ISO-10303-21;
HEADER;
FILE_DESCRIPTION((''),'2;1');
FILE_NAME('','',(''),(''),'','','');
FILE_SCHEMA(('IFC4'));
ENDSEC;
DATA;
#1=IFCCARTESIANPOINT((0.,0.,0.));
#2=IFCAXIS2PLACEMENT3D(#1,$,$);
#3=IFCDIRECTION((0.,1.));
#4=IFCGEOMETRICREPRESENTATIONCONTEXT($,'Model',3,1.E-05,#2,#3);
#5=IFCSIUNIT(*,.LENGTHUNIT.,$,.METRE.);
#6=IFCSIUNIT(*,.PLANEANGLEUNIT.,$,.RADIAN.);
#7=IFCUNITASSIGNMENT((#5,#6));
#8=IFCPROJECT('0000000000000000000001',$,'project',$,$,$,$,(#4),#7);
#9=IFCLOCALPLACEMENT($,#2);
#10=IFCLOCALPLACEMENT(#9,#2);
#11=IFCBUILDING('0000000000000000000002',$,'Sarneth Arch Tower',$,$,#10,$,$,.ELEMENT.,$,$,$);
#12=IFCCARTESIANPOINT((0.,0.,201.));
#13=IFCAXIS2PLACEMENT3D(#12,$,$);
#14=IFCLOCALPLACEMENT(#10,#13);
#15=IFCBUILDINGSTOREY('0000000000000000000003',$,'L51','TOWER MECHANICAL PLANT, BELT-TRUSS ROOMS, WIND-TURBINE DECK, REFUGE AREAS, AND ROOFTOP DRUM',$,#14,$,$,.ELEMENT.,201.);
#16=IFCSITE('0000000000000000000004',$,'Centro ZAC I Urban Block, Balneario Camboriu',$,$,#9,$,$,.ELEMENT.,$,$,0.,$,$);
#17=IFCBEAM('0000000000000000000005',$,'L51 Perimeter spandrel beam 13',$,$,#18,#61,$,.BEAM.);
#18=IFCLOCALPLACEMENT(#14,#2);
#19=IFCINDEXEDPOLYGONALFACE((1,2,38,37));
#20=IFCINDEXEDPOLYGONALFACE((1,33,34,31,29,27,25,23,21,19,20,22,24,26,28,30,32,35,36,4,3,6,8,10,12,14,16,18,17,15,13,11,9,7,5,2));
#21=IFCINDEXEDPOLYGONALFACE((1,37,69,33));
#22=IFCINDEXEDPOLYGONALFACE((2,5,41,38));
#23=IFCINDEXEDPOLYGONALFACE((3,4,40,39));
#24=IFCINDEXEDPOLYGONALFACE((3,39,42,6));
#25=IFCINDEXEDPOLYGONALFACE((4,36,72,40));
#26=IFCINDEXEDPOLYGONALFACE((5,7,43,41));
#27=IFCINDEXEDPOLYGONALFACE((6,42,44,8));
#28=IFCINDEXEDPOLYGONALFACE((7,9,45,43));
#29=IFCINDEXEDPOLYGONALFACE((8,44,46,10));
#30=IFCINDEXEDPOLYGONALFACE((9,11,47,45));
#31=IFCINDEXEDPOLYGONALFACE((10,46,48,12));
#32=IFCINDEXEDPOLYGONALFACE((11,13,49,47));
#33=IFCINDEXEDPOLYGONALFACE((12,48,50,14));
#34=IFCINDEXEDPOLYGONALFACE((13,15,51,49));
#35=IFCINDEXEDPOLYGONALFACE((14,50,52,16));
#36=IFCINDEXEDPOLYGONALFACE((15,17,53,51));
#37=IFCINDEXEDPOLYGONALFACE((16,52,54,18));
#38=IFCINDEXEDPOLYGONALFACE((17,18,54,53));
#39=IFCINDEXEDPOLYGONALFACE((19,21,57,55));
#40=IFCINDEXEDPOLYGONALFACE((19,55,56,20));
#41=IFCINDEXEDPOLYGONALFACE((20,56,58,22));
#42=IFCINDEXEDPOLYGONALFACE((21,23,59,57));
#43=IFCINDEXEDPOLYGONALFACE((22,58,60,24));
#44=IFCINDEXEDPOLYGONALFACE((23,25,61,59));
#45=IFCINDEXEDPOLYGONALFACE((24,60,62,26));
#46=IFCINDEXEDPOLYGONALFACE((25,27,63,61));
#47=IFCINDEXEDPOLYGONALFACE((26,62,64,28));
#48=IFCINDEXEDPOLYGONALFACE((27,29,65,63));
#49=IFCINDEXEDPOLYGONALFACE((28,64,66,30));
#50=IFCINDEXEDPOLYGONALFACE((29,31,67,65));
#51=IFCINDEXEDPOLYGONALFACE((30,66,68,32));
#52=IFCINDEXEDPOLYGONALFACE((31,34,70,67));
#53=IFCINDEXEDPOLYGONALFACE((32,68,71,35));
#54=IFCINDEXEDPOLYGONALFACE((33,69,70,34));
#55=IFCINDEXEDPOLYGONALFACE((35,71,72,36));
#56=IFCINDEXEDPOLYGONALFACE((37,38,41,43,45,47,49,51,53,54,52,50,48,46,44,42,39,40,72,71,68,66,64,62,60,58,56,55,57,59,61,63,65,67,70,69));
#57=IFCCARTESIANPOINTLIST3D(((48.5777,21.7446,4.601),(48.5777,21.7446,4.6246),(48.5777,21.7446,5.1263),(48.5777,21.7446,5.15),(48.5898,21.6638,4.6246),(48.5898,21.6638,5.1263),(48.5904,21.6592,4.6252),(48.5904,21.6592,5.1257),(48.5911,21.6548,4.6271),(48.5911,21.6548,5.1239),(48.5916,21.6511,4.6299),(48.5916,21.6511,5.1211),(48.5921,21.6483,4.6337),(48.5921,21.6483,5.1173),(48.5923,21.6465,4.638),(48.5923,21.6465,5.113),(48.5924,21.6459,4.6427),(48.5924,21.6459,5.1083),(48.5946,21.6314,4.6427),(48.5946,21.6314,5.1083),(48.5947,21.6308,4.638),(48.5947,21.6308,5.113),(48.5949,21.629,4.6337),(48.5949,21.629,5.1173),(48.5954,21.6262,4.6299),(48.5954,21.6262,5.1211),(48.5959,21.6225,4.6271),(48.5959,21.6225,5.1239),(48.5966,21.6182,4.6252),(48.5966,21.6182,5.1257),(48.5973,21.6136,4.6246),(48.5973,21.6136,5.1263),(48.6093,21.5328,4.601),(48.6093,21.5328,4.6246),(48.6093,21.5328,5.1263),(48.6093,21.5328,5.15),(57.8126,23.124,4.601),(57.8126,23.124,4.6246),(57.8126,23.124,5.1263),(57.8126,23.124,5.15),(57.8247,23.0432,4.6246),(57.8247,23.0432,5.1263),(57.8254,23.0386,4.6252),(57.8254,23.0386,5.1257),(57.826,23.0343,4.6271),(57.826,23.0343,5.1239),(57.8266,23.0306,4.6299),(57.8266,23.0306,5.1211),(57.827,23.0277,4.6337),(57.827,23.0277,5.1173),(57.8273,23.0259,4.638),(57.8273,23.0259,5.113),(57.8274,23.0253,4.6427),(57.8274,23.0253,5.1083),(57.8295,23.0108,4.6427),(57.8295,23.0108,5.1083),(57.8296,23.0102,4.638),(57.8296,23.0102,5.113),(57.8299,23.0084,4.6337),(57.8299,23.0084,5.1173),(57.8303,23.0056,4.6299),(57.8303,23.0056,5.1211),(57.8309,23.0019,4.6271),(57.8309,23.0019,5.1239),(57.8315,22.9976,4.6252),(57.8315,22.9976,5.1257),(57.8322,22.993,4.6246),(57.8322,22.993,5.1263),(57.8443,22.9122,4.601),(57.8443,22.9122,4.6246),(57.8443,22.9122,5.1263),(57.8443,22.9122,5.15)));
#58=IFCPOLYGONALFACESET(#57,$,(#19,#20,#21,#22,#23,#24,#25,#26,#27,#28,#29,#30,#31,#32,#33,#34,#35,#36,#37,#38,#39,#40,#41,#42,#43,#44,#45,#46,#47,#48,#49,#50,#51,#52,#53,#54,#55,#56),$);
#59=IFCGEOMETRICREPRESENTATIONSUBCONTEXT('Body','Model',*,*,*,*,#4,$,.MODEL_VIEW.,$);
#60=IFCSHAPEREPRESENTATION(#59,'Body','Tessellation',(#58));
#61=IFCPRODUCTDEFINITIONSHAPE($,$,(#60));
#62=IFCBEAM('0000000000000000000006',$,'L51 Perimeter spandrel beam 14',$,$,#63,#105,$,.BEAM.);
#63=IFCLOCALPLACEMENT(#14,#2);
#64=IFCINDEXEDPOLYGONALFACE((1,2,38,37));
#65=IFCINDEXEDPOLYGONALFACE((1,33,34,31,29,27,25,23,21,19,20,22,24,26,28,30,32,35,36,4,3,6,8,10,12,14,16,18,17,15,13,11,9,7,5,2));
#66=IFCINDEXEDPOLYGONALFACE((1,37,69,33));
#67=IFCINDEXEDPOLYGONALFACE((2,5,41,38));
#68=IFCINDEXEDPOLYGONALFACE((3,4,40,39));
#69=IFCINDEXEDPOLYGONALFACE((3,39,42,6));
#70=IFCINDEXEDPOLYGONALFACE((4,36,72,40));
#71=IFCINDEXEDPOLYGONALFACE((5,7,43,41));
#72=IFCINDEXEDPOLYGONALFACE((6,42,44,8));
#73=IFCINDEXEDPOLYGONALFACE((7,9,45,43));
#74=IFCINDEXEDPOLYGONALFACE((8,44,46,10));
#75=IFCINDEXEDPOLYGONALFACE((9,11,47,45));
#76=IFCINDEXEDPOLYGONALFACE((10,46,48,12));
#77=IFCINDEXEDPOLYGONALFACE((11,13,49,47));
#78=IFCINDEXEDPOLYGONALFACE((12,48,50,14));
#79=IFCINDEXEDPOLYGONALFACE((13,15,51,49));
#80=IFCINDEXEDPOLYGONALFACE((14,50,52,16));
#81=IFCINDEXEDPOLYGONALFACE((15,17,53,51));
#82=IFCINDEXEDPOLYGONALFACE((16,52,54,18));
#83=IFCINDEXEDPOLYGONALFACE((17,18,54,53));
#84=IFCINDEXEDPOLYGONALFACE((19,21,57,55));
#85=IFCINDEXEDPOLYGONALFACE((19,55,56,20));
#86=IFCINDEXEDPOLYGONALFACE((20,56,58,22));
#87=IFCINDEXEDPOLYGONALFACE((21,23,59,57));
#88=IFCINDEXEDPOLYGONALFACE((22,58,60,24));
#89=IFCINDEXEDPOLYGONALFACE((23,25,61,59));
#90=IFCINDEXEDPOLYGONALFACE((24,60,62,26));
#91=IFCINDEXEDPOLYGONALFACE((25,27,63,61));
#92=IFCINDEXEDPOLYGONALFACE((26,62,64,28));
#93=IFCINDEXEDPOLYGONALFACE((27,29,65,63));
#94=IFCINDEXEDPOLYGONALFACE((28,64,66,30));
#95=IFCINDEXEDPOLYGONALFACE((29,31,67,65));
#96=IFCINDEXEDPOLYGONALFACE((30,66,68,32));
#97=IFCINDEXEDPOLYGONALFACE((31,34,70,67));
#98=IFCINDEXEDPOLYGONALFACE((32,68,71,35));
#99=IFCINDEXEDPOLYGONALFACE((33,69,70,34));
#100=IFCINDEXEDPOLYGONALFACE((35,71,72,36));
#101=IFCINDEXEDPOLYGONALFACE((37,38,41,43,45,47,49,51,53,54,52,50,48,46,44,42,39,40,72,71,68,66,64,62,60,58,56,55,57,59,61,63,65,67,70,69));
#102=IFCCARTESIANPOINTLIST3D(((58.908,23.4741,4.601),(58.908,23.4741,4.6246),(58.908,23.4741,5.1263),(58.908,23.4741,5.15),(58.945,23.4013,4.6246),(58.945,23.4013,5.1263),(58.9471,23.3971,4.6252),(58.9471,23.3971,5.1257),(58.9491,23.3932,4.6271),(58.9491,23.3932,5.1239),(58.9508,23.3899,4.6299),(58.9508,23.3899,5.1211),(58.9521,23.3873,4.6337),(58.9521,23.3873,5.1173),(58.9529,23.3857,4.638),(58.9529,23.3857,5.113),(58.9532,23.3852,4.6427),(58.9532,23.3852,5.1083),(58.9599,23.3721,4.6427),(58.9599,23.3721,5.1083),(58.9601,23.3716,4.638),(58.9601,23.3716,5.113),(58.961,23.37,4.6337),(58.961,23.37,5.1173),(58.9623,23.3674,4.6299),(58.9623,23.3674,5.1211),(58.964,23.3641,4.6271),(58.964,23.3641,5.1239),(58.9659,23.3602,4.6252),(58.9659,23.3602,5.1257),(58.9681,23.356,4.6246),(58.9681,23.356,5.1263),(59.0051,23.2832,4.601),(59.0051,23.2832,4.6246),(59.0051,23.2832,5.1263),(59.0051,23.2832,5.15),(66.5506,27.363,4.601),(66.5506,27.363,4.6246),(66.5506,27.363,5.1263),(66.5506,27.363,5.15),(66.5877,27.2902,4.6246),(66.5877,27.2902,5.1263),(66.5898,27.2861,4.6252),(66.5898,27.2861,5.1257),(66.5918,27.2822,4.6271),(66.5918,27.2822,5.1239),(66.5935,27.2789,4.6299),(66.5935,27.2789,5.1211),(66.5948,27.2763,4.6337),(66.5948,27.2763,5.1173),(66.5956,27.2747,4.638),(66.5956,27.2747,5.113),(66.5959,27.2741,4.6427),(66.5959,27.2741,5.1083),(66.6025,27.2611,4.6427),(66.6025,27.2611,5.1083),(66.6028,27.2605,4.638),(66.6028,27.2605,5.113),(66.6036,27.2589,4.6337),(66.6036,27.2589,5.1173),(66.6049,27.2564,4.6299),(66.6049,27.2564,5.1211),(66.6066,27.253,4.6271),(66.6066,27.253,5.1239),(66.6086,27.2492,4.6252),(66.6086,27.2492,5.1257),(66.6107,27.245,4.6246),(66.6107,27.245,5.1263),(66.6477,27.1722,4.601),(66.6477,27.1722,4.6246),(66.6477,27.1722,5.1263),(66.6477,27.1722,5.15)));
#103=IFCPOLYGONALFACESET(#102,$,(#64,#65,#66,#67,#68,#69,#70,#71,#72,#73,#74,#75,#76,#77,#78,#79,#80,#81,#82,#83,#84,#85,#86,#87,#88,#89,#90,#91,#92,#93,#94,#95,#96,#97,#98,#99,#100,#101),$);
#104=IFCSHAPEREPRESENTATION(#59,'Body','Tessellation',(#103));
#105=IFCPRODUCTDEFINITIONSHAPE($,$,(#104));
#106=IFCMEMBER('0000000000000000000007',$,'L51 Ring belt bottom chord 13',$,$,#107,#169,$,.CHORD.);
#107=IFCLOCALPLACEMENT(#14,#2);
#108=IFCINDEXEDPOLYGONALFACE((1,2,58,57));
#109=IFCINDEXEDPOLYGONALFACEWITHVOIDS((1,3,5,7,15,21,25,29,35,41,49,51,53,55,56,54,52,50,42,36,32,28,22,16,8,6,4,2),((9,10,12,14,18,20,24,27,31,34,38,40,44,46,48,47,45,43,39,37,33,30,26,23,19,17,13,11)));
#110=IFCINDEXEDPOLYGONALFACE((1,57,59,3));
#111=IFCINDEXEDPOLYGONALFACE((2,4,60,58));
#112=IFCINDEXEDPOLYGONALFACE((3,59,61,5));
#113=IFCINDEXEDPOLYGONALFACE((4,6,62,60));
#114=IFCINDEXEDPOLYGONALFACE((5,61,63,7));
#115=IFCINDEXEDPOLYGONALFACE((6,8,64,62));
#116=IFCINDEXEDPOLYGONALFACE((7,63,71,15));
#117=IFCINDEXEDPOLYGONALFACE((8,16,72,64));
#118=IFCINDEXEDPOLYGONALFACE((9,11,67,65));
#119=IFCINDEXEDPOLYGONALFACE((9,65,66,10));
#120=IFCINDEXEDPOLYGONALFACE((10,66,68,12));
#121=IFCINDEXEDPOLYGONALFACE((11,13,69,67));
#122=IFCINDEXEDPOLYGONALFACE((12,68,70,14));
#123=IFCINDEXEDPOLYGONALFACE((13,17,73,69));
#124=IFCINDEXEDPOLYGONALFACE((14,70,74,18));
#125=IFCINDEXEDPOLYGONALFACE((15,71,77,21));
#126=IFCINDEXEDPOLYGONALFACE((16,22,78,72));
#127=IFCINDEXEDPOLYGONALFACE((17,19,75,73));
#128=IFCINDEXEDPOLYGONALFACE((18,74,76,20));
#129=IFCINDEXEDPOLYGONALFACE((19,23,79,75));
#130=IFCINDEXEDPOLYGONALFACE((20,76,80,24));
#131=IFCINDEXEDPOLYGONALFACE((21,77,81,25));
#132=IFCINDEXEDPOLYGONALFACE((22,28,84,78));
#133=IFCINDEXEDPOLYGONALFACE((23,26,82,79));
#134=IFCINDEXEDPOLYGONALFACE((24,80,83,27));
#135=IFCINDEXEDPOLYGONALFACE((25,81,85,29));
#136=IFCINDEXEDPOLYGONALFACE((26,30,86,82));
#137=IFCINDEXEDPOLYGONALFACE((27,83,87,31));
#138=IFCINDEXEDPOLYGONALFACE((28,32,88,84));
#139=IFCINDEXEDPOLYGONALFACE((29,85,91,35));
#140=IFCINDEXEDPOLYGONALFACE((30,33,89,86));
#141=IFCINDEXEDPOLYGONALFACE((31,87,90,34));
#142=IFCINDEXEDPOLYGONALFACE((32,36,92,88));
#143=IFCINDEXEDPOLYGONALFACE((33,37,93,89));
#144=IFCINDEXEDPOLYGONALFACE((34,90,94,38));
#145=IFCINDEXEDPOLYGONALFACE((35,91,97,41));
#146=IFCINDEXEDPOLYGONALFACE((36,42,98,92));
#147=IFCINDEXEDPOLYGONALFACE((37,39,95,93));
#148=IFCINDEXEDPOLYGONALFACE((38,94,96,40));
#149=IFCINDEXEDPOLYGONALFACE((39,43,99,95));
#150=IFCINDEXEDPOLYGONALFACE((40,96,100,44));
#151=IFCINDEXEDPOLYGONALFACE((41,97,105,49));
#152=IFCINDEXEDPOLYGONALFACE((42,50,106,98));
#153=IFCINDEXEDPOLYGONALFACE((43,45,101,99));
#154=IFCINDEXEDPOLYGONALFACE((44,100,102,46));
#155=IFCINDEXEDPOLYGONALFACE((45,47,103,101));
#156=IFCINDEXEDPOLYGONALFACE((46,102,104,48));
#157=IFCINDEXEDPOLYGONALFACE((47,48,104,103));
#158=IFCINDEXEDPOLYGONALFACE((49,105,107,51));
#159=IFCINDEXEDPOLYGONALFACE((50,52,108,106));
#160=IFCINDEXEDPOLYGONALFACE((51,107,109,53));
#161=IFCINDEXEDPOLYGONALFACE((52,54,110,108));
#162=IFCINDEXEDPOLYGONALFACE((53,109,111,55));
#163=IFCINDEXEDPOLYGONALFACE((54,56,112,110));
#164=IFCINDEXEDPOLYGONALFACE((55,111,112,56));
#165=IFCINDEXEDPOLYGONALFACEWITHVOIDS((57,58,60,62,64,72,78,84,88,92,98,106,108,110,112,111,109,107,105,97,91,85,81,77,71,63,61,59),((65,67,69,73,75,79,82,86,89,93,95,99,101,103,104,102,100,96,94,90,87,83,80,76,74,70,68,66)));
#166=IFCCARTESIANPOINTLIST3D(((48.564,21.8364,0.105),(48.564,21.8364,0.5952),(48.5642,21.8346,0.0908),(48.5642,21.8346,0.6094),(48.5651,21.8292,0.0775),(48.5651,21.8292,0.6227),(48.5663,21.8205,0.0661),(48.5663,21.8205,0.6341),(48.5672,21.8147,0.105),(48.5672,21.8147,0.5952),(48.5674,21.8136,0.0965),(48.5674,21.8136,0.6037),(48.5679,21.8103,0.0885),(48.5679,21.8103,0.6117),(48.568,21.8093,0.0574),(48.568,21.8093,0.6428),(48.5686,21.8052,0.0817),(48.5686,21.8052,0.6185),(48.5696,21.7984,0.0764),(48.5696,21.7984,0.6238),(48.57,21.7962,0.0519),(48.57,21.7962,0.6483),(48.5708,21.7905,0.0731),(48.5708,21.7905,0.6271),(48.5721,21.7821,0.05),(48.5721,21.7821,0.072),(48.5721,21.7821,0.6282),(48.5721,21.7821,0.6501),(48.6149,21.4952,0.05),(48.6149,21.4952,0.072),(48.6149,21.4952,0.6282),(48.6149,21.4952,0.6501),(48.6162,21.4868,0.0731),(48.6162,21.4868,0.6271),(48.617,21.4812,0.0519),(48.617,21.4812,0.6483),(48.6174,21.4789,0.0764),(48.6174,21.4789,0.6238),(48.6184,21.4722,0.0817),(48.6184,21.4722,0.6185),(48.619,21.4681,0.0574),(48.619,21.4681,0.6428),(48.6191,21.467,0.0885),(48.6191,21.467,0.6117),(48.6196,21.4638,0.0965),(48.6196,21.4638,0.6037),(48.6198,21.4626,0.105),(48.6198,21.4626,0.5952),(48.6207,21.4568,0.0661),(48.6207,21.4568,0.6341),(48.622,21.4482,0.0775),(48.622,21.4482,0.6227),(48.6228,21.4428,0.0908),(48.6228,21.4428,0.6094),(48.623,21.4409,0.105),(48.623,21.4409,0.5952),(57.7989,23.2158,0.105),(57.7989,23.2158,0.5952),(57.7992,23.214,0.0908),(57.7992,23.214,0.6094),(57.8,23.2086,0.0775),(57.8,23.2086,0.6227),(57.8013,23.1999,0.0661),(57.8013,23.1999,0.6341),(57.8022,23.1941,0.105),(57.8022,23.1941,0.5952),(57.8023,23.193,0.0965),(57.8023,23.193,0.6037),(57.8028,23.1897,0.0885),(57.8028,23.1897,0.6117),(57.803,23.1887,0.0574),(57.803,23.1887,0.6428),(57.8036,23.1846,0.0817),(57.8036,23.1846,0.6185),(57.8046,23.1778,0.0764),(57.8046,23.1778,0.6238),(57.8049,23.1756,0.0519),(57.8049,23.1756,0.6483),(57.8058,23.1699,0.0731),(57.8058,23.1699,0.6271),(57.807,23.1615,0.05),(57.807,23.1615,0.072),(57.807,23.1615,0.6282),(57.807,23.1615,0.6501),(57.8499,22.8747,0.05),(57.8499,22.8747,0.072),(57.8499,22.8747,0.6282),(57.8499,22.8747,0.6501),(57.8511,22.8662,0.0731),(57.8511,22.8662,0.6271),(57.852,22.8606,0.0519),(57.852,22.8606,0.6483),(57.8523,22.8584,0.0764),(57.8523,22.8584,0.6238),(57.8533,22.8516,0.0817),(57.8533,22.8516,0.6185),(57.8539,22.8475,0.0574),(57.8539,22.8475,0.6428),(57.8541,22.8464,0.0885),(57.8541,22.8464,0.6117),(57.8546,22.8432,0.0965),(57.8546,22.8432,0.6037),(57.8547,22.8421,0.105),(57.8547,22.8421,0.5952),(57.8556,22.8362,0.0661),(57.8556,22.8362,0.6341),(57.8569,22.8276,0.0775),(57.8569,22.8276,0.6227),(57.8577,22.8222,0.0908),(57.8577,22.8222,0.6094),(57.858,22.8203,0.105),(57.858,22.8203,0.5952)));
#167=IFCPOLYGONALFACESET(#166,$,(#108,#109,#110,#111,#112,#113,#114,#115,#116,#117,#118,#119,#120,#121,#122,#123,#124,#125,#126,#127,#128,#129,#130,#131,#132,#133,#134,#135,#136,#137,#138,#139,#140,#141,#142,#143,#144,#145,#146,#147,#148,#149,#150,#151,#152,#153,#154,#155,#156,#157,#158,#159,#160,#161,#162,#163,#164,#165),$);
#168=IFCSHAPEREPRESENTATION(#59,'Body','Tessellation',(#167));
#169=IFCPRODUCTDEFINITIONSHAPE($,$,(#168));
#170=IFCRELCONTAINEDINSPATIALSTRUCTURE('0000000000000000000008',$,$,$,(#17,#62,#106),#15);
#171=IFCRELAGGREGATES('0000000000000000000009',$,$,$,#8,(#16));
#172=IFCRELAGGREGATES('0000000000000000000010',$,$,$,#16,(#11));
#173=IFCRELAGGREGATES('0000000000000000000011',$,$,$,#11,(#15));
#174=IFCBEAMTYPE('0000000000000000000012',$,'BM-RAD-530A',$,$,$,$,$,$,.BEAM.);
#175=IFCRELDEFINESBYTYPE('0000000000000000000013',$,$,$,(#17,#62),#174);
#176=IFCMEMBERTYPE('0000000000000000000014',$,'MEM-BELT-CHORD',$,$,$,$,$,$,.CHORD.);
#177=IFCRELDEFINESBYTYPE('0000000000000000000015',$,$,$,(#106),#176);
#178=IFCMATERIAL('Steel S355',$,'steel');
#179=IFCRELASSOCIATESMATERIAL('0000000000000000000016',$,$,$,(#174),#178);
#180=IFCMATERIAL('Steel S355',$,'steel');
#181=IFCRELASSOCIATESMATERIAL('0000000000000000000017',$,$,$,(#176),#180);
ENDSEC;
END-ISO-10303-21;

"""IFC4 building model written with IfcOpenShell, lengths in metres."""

from ifc_helpers import new_model, si_unit, direction, frame, origin, origin_2d, place, context, subcontext, project, spatial, hollow_rectangle, i_section, extrude, material, material_profile, profile_set, type_object, element, save


model = new_model("IFC4")

# Units and contexts
model_context = context("Model", 3, precision=1e-05, world=origin(), true_north=direction((0.0, 1.0)))
body_context = subcontext(model_context, "Body", "Model", "MODEL_VIEW")
ifc_project = project(units=[si_unit("LENGTHUNIT", "METRE"), si_unit("PLANEANGLEUNIT", "RADIAN")], contexts=[model_context])

# Site, building, storey
site_placement = place(None, origin())
site = spatial("IfcSite", under=ifc_project, at=site_placement, Name="Centro ZAC I Urban Block, Balneario Camboriu", CompositionType="ELEMENT", RefElevation=0.0)
building_placement = place(site_placement, origin())
building = spatial("IfcBuilding", under=site, at=building_placement, Name="Sarneth Arch Tower", CompositionType="ELEMENT")
storey_placement = place(building_placement, frame((0.0, 0.0, 201.0)))
storey = spatial("IfcBuildingStorey", under=building, at=storey_placement, Name="L51", Description="TOWER MECHANICAL PLANT, BELT-TRUSS ROOMS, WIND-TURBINE DECK, REFUGE AREAS, AND ROOFTOP DRUM", CompositionType="ELEMENT", Elevation=201.0)

# Beams
ifc_material_1 = material(Name="Steel S355", Category="steel")
ifc_material_profile_1 = material_profile(ifc_material_1, i_section(OverallWidth=0.2141, OverallDepth=0.5491, WebThickness=0.0146, FlangeThickness=0.0237, FilletRadius=0.0181, at=origin_2d()), Name="W530x138")
ifc_profile_set_1 = profile_set([ifc_material_profile_1], Name="Steel S355")
beam_type = type_object("IfcBeamType", Name="BM-RAD-530A", PredefinedType="BEAM", material=ifc_profile_set_1)
beam_1_placement = place(storey_placement, frame((48.5935, 21.6387, 4.8755), z_axis=(0.989028, 0.147729, 0.0), x_axis=(-0.147729, 0.989028, 0.0)))
element("IfcBeam", 1, at=beam_1_placement, inside=storey, type_object=beam_type, Name="L51 Perimeter spandrel beam 13", PredefinedType="BEAM", context=body_context, shape_type="SweptSolid", body=[
    extrude(i_section(OverallWidth=0.2141, OverallDepth=0.5491, WebThickness=0.0146, FlangeThickness=0.0237, FilletRadius=0.0181, at=origin_2d()), origin(), (0.0, 0.0, 1.0), 9.3374),
])
beam_2_placement = place(storey_placement, frame((58.9565, 23.3787, 4.8755), z_axis=(0.89125, 0.453512, 0.0), x_axis=(-0.453512, 0.89125, 0.0)))
element("IfcBeam", 2, at=beam_2_placement, inside=storey, type_object=beam_type, Name="L51 Perimeter spandrel beam 14", PredefinedType="BEAM", context=body_context, shape_type="SweptSolid", body=[
    extrude(i_section(OverallWidth=0.2141, OverallDepth=0.5491, WebThickness=0.0146, FlangeThickness=0.0237, FilletRadius=0.0181, at=origin_2d()), origin(), (0.0, 0.0, 1.0), 8.5752),
])

# Member
ifc_material_2 = material(Name="Steel S355", Category="steel")
ifc_material_profile_2 = material_profile(ifc_material_2, hollow_rectangle(XDim=0.3999, YDim=0.6001, WallThickness=0.022, InnerFilletRadius=0.033, OuterFilletRadius=0.0549, at=origin_2d()), Name="RHS600x400x22")
ifc_profile_set_2 = profile_set([ifc_material_profile_2], Name="Steel S355")
member_type_1 = type_object("IfcMemberType", Name="MEM-BELT-CHORD", PredefinedType="CHORD", material=ifc_profile_set_2)
member_1_placement = place(storey_placement, frame((48.5935, 21.6387, 0.3501), z_axis=(0.989028, 0.147729, 0.0), x_axis=(-0.147729, 0.989028, 0.0)))
element("IfcMember", 3, at=member_1_placement, inside=storey, type_object=member_type_1, Name="L51 Ring belt bottom chord 13", PredefinedType="CHORD", context=body_context, shape_type="SweptSolid", body=[
    extrude(hollow_rectangle(XDim=0.3999, YDim=0.6001, WallThickness=0.022, InnerFilletRadius=0.033, OuterFilletRadius=0.0549, at=origin_2d()), origin(), (0.0, 0.0, 1.0), 9.3374),
])

save(model, "model.ifc")
